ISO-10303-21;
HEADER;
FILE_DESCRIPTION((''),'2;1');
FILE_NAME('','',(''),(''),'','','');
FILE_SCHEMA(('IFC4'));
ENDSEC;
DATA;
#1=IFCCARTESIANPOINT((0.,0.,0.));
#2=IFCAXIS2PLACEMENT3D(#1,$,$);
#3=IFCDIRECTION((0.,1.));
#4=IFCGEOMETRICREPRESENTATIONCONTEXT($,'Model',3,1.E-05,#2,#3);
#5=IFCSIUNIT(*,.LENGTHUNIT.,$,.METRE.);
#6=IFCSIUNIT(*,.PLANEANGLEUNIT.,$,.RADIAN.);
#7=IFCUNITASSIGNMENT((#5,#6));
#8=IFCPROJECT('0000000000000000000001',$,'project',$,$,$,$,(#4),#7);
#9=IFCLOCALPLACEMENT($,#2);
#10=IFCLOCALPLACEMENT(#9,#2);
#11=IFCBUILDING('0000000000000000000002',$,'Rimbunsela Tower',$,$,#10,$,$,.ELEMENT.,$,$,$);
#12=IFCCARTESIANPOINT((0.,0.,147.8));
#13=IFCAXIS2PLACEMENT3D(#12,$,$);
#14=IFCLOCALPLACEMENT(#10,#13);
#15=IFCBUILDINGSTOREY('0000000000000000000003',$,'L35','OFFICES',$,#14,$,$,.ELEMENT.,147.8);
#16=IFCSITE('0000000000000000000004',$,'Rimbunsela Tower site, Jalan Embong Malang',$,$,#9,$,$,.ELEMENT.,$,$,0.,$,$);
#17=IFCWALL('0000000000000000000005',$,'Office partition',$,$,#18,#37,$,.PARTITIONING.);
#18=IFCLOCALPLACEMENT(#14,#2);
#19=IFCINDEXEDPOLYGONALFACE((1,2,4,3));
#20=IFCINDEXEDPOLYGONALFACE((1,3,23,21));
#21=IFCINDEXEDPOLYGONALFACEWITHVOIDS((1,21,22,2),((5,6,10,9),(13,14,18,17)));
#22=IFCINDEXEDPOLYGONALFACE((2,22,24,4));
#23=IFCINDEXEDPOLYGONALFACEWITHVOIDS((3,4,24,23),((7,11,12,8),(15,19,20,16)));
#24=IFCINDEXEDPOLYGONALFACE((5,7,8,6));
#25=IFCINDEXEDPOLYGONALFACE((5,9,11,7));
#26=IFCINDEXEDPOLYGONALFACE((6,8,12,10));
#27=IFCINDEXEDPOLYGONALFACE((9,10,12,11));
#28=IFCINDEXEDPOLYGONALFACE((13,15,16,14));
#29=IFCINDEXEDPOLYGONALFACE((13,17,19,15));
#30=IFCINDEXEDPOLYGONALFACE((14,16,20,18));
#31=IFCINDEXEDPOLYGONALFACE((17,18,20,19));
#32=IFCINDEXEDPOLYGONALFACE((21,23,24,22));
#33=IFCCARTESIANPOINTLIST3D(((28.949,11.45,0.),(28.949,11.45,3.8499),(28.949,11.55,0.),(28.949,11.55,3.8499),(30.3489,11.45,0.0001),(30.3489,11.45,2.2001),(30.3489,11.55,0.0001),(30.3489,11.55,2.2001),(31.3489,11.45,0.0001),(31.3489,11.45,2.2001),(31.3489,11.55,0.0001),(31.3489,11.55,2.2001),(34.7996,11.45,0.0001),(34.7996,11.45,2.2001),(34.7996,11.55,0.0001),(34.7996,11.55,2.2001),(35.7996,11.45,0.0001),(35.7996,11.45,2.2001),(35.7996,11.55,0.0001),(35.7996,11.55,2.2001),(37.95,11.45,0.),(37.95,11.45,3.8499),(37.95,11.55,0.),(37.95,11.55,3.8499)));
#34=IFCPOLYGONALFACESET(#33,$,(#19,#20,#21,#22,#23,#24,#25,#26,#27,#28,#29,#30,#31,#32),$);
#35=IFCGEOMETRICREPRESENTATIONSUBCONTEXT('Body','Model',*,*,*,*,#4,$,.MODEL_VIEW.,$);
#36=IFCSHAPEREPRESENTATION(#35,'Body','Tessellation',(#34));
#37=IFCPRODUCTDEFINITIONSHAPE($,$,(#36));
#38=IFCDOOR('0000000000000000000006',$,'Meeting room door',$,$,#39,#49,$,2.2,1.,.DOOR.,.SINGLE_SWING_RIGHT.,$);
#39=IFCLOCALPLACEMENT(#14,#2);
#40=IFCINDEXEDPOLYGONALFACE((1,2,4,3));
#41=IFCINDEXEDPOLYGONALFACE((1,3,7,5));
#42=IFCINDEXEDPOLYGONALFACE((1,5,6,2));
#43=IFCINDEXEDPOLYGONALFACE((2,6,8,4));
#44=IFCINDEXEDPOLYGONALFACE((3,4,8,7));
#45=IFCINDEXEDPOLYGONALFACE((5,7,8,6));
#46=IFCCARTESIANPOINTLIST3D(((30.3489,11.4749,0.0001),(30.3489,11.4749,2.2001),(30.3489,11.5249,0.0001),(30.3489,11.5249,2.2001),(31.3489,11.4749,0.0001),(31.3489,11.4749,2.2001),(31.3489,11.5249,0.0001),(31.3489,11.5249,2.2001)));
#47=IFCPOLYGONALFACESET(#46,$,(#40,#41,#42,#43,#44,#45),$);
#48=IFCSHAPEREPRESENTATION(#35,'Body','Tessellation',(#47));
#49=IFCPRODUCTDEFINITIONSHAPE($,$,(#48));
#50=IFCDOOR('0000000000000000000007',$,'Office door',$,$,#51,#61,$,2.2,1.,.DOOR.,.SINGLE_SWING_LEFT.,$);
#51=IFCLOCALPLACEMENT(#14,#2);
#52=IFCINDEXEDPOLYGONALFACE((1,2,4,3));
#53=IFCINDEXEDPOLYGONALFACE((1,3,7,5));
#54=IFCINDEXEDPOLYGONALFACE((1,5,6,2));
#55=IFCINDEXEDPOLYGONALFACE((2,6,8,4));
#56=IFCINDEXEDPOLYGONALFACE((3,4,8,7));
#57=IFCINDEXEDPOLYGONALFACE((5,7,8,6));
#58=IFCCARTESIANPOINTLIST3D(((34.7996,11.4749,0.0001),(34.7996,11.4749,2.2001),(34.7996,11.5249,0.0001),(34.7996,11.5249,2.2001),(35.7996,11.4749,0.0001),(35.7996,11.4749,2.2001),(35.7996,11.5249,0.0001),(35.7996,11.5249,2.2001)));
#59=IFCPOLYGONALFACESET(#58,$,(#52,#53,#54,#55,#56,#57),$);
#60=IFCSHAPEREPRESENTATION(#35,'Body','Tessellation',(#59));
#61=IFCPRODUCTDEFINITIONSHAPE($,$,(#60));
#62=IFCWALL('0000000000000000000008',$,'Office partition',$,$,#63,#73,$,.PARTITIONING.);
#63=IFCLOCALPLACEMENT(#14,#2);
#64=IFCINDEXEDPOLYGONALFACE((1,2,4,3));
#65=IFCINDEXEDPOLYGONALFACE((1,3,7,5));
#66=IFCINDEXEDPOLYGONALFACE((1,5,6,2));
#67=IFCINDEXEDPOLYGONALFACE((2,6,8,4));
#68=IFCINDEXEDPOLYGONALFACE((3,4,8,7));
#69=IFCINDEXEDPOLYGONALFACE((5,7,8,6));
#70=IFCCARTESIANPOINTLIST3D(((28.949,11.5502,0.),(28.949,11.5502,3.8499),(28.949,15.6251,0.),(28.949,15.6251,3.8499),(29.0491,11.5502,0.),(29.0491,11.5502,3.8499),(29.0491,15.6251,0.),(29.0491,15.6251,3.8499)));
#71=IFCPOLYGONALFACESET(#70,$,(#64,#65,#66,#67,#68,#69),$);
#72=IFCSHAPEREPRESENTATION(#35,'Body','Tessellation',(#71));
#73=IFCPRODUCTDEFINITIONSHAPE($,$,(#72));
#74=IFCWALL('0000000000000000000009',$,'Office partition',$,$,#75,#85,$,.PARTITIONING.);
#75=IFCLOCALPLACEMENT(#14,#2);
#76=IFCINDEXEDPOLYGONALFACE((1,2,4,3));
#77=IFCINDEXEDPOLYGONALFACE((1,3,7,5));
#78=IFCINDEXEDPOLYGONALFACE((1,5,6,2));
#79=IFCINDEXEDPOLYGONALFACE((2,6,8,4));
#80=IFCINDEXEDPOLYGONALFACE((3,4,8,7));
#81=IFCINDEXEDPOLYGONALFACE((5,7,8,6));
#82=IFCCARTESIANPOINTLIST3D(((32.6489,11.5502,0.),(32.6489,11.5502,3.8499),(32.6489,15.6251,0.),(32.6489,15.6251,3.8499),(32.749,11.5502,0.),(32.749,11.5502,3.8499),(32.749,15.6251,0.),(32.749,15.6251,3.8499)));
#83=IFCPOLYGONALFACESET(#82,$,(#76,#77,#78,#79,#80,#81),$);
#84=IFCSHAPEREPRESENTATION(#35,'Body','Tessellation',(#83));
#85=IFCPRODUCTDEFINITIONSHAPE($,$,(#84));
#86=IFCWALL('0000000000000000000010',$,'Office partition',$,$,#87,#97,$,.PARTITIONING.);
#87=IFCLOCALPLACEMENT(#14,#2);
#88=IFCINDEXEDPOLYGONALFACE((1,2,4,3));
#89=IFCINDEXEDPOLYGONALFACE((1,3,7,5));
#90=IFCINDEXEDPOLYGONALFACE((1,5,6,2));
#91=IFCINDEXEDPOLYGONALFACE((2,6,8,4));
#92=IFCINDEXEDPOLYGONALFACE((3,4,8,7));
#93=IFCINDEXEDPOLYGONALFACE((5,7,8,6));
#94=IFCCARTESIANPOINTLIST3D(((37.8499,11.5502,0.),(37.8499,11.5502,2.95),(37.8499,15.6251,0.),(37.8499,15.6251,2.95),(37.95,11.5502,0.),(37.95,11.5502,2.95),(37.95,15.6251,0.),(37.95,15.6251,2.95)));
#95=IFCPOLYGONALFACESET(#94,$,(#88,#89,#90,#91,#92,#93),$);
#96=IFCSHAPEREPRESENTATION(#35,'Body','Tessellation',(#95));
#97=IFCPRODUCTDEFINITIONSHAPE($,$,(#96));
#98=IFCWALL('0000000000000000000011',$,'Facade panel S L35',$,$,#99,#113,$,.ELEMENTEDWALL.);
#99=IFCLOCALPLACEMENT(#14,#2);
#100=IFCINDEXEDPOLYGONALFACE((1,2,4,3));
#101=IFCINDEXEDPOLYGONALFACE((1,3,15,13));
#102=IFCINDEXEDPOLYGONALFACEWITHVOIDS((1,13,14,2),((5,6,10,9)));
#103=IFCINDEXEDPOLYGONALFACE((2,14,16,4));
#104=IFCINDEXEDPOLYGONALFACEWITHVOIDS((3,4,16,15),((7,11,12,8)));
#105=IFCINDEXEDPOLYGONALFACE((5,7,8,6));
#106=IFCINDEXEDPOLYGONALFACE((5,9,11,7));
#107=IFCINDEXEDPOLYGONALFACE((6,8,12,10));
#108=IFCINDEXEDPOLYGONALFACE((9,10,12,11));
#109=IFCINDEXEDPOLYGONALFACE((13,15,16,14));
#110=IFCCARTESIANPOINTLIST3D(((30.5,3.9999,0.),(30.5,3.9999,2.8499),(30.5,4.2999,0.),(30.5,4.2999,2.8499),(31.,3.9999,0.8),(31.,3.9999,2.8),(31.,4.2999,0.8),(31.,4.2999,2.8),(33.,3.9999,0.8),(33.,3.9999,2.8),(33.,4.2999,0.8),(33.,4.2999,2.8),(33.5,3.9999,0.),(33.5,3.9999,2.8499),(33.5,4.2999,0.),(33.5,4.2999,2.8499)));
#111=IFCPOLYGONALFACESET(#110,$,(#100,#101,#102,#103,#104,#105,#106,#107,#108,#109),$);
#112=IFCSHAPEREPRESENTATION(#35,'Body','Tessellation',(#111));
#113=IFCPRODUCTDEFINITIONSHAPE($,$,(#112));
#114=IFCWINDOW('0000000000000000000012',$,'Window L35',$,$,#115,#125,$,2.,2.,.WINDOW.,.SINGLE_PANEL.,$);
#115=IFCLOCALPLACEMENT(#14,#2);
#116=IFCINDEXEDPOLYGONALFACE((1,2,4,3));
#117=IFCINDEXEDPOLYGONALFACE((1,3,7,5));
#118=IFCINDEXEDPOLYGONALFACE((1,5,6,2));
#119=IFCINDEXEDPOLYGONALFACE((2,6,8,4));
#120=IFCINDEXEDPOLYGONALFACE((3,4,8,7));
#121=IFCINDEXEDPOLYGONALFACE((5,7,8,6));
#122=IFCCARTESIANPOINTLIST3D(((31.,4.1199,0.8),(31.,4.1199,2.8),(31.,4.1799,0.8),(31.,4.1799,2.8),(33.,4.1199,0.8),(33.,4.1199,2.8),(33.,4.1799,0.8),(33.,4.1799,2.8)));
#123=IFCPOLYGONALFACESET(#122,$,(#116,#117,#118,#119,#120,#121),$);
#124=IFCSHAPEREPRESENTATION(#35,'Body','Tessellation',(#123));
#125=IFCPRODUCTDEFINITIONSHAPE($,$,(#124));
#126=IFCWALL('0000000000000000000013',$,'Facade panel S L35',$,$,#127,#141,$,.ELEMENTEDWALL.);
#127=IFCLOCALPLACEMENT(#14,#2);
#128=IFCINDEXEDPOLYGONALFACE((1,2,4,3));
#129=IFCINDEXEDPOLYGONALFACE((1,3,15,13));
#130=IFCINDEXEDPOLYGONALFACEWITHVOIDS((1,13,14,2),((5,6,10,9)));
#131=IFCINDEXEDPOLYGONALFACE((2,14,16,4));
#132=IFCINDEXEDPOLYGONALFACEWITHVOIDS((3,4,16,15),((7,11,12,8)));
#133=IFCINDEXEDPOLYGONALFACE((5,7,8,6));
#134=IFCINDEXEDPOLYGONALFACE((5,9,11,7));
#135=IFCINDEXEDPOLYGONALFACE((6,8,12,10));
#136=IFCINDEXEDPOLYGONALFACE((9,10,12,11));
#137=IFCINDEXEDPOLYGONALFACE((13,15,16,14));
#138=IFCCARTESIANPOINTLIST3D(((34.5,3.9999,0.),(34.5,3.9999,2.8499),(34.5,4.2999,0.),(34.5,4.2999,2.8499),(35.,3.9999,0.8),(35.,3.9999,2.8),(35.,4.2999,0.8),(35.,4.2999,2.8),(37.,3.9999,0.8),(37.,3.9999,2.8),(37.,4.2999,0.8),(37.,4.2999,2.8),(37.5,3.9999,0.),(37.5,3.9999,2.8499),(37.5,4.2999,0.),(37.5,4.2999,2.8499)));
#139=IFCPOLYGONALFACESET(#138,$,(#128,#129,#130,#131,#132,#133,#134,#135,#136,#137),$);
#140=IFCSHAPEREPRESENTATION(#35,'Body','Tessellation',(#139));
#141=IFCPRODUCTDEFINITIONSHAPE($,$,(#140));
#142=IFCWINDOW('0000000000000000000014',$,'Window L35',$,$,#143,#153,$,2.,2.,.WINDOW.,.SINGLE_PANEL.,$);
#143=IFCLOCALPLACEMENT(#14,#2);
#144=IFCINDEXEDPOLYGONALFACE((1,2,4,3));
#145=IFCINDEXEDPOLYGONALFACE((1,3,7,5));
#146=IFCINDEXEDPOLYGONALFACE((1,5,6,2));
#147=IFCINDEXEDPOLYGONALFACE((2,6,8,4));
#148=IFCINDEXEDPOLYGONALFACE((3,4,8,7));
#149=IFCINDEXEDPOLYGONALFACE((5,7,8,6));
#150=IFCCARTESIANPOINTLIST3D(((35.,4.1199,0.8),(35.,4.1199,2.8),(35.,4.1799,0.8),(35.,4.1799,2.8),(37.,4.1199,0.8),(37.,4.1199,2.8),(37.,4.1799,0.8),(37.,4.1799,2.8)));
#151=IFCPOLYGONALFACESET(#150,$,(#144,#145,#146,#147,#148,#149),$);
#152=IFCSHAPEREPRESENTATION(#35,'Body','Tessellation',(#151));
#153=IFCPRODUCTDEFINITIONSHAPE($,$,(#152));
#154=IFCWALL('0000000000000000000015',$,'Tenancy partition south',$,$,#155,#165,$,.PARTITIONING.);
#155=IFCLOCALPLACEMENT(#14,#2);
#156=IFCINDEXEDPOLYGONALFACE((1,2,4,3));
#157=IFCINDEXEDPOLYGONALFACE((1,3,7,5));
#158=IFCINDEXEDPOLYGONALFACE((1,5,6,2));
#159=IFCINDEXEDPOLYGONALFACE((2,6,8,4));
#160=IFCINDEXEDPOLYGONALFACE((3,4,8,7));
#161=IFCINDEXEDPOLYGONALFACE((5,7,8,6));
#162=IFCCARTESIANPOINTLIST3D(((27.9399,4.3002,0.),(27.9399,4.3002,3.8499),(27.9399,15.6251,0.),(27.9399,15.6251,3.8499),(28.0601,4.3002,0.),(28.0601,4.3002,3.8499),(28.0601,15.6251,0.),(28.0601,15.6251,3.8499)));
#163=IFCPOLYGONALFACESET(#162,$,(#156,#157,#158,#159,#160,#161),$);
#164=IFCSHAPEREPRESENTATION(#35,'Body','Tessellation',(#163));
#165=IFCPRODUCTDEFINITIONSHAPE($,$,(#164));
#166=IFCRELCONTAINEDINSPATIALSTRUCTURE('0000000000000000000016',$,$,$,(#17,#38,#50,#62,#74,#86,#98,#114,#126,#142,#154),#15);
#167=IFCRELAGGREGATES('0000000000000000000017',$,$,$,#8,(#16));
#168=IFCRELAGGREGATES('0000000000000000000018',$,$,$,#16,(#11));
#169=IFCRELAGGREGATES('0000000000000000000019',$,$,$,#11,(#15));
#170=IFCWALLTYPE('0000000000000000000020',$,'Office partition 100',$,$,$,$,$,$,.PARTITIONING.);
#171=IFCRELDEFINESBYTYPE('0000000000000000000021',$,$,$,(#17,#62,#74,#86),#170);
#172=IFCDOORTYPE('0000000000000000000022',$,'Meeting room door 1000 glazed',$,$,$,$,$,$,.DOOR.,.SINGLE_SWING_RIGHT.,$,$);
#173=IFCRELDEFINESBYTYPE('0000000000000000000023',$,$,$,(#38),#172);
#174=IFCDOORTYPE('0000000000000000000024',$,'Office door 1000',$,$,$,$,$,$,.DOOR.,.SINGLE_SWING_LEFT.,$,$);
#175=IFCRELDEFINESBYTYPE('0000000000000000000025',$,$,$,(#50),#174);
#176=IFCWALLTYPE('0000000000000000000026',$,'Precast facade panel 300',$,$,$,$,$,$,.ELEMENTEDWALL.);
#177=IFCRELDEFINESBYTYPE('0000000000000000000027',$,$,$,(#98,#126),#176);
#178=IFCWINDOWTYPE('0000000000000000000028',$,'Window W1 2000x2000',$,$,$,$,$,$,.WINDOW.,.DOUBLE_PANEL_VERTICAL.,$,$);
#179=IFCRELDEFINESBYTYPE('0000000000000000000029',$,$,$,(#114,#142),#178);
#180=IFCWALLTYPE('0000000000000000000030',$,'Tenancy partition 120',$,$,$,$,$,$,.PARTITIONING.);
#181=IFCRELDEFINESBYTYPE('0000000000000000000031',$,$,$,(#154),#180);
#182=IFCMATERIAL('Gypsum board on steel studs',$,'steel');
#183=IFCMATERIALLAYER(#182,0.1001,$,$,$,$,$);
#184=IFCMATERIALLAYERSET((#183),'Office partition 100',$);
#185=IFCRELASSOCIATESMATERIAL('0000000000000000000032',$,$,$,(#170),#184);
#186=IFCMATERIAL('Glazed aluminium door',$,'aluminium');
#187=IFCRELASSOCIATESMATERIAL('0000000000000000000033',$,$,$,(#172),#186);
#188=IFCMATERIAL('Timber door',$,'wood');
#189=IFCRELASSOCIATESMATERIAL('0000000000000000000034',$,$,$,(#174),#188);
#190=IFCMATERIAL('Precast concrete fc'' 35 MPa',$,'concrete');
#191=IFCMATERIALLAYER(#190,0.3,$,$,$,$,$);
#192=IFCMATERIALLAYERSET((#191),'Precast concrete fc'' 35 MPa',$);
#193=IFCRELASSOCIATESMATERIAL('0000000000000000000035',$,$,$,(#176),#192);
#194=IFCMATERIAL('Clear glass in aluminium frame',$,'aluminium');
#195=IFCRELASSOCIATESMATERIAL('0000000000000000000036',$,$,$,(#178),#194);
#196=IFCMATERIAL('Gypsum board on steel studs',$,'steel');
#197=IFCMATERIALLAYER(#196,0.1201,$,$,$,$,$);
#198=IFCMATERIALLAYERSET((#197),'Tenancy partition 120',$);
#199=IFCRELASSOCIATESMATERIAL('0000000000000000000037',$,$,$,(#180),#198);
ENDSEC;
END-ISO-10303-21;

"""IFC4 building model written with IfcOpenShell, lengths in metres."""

from ifc_helpers import new_model, si_unit, direction, frame, frame_2d, origin, place, context, subcontext, project, spatial, rectangle, extrude, material, layer, layer_set, type_object, element, fill, save


model = new_model("IFC4")

# Units and contexts
model_context = context("Model", 3, precision=1e-05, world=origin(), true_north=direction((0.0, 1.0)))
body_context = subcontext(model_context, "Body", "Model", "MODEL_VIEW")
ifc_project = project(units=[si_unit("LENGTHUNIT", "METRE"), si_unit("PLANEANGLEUNIT", "RADIAN")], contexts=[model_context])

# Site, building, storey
site_placement = place(None, origin())
site = spatial("IfcSite", under=ifc_project, at=site_placement, Name="Rimbunsela Tower site, Jalan Embong Malang", CompositionType="ELEMENT", RefElevation=0.0)
building_placement = place(site_placement, origin())
building = spatial("IfcBuilding", under=site, at=building_placement, Name="Rimbunsela Tower", CompositionType="ELEMENT")
storey_placement = place(building_placement, frame((0.0, 0.0, 147.8)))
storey = spatial("IfcBuildingStorey", under=building, at=storey_placement, Name="L35", Description="OFFICES", CompositionType="ELEMENT", Elevation=147.8)

# Wall, openings, doors
ifc_material_1 = material(Name="Gypsum board on steel studs", Category="steel")
ifc_layer_1 = layer(ifc_material_1, 0.1001)
ifc_layer_set_1 = layer_set([ifc_layer_1], Name="Office partition 100")
wall_type_1 = type_object("IfcWallType", Name="Office partition 100", PredefinedType="PARTITIONING", material=ifc_layer_set_1)
wall_1_placement = place(storey_placement, frame((28.949, 11.5, 0.0), z_axis=(0.0, 0.0, 1.0), x_axis=(1.0, 0.0, 0.0)))
wall_1 = element("IfcWall", 1, at=wall_1_placement, inside=storey, type_object=wall_type_1, Name="Office partition", PredefinedType="PARTITIONING", context=body_context, shape_type="SweptSolid", body=[
    extrude(rectangle(XDim=9.001, YDim=0.1001, at=frame_2d((4.5005, 0.0))), origin(), (0.0, 0.0, 1.0), 3.8499),
])
opening_1_placement = place(wall_1_placement, frame((1.3999, 0.0, 0.0)))
opening_1 = element("IfcOpeningElement", 2, at=opening_1_placement, cuts=wall_1, PredefinedType="OPENING", context=body_context, shape_type="SweptSolid", body=[
    extrude(rectangle(XDim=1.0, YDim=2.2, at=frame_2d((0.5, 1.1001))), frame((0.0, 0.0601, 0.0), z_axis=(0.0, -1.0, 0.0), x_axis=(1.0, 0.0, 0.0)), (0.0, 0.0, 1.0), 0.1201),
])
opening_2_placement = place(wall_1_placement, frame((5.8506, 0.0, 0.0)))
opening_2 = element("IfcOpeningElement", 3, at=opening_2_placement, cuts=wall_1, PredefinedType="OPENING", context=body_context, shape_type="SweptSolid", body=[
    extrude(rectangle(XDim=1.0, YDim=2.2, at=frame_2d((0.5, 1.1001))), frame((0.0, 0.0601, 0.0), z_axis=(0.0, -1.0, 0.0), x_axis=(1.0, 0.0, 0.0)), (0.0, 0.0, 1.0), 0.1201),
])
ifc_material_2 = material(Name="Glazed aluminium door", Category="aluminium")
door_type_1 = type_object("IfcDoorType", Name="Meeting room door 1000 glazed", OperationType="SINGLE_SWING_RIGHT", PredefinedType="DOOR", material=ifc_material_2)
door_1_placement = place(opening_1_placement, origin())
door_1 = element("IfcDoor", 4, at=door_1_placement, inside=storey, type_object=door_type_1, Name="Meeting room door", OperationType="SINGLE_SWING_RIGHT", OverallHeight=2.2, OverallWidth=1.0, PredefinedType="DOOR", context=body_context, shape_type="SweptSolid", body=[
    extrude(rectangle(XDim=1.0, YDim=2.2, at=frame_2d((0.5, 1.1001))), frame((0.0, 0.0249, 0.0), z_axis=(0.0, -1.0, 0.0), x_axis=(1.0, 0.0, 0.0)), (0.0, 0.0, 1.0), 0.05),
])
fill(opening_1, door_1)
ifc_material_3 = material(Name="Timber door", Category="wood")
door_type_2 = type_object("IfcDoorType", Name="Office door 1000", OperationType="SINGLE_SWING_LEFT", PredefinedType="DOOR", material=ifc_material_3)
door_2_placement = place(opening_2_placement, origin())
door_2 = element("IfcDoor", 5, at=door_2_placement, inside=storey, type_object=door_type_2, Name="Office door", OperationType="SINGLE_SWING_LEFT", OverallHeight=2.2, OverallWidth=1.0, PredefinedType="DOOR", context=body_context, shape_type="SweptSolid", body=[
    extrude(rectangle(XDim=1.0, YDim=2.2, at=frame_2d((0.5, 1.1001))), frame((0.0, 0.0249, 0.0), z_axis=(0.0, -1.0, 0.0), x_axis=(1.0, 0.0, 0.0)), (0.0, 0.0, 1.0), 0.05),
])
fill(opening_2, door_2)

# Walls
for number, where, z_axis, x_axis, name in (
    (6, (28.999, 11.55, 0.0), (0.0, 0.0, 1.0), (0.0, 1.0, 0.0), "Office partition"),
    (7, (32.699, 11.55, 0.0), (0.0, 0.0, 1.0), (0.0, 1.0, 0.0), "Office partition"),
):
    element("IfcWall", number, at=place(storey_placement, frame(where, z_axis=z_axis, x_axis=x_axis)), inside=storey, type_object=wall_type_1, Name=name, PredefinedType="PARTITIONING", context=body_context, shape_type="SweptSolid", body=[
        extrude(rectangle(XDim=4.075, YDim=0.1001, at=frame_2d((2.0376, 0.0))), origin(), (0.0, 0.0, 1.0), 3.8499),
    ])
wall_2_placement = place(storey_placement, frame((37.8999, 11.55, 0.0), z_axis=(0.0, 0.0, 1.0), x_axis=(0.0, 1.0, 0.0)))
element("IfcWall", 8, at=wall_2_placement, inside=storey, type_object=wall_type_1, Name="Office partition", PredefinedType="PARTITIONING", context=body_context, shape_type="SweptSolid", body=[
    extrude(rectangle(XDim=4.075, YDim=0.1001, at=frame_2d((2.0376, 0.0))), origin(), (0.0, 0.0, 1.0), 2.95),
])

# Walls, openings, windows
ifc_material_4 = material(Name="Precast concrete fc' 35 MPa", Category="concrete")
ifc_layer_2 = layer(ifc_material_4, 0.3)
ifc_layer_set_2 = layer_set([ifc_layer_2], Name="Precast concrete fc' 35 MPa")
wall_type_2 = type_object("IfcWallType", Name="Precast facade panel 300", PredefinedType="ELEMENTEDWALL", material=ifc_layer_set_2)
wall_3_placement = place(storey_placement, frame((30.5, 4.1499, 0.0), z_axis=(0.0, 0.0, 1.0), x_axis=(1.0, 0.0, 0.0)))
wall_3 = element("IfcWall", 9, at=wall_3_placement, inside=storey, type_object=wall_type_2, Name="Facade panel S L35", PredefinedType="ELEMENTEDWALL", context=body_context, shape_type="SweptSolid", body=[
    extrude(rectangle(XDim=3.0, YDim=0.3, at=frame_2d((1.5, 0.0))), origin(), (0.0, 0.0, 1.0), 2.8499),
])
opening_3_placement = place(wall_3_placement, frame((0.5, 0.0, 0.8)))
opening_3 = element("IfcOpeningElement", 10, at=opening_3_placement, cuts=wall_3, PredefinedType="OPENING", context=body_context, shape_type="SweptSolid", body=[
    extrude(rectangle(XDim=2.0, YDim=2.0, at=frame_2d((1.0, 1.0))), frame((0.0, 0.1599, 0.0), z_axis=(0.0, -1.0, 0.0), x_axis=(1.0, 0.0, 0.0)), (0.0, 0.0, 1.0), 0.3201),
])
ifc_material_5 = material(Name="Clear glass in aluminium frame", Category="aluminium")
window_type = type_object("IfcWindowType", Name="Window W1 2000x2000", PartitioningType="DOUBLE_PANEL_VERTICAL", PredefinedType="WINDOW", material=ifc_material_5)
window_1_placement = place(opening_3_placement, origin())
window_1 = element("IfcWindow", 11, at=window_1_placement, inside=storey, type_object=window_type, Name="Window L35", OverallHeight=2.0, OverallWidth=2.0, PartitioningType="SINGLE_PANEL", PredefinedType="WINDOW", context=body_context, shape_type="SweptSolid", body=[
    extrude(rectangle(XDim=2.0, YDim=2.0, at=frame_2d((1.0, 1.0))), frame((0.0, 0.03, 0.0), z_axis=(0.0, -1.0, 0.0), x_axis=(1.0, 0.0, 0.0)), (0.0, 0.0, 1.0), 0.0601),
])
fill(opening_3, window_1)
wall_4_placement = place(storey_placement, frame((34.5, 4.1499, 0.0), z_axis=(0.0, 0.0, 1.0), x_axis=(1.0, 0.0, 0.0)))
wall_4 = element("IfcWall", 12, at=wall_4_placement, inside=storey, type_object=wall_type_2, Name="Facade panel S L35", PredefinedType="ELEMENTEDWALL", context=body_context, shape_type="SweptSolid", body=[
    extrude(rectangle(XDim=3.0, YDim=0.3, at=frame_2d((1.5, 0.0))), origin(), (0.0, 0.0, 1.0), 2.8499),
])
opening_4_placement = place(wall_4_placement, frame((0.5, 0.0, 0.8)))
opening_4 = element("IfcOpeningElement", 13, at=opening_4_placement, cuts=wall_4, PredefinedType="OPENING", context=body_context, shape_type="SweptSolid", body=[
    extrude(rectangle(XDim=2.0, YDim=2.0, at=frame_2d((1.0, 1.0))), frame((0.0, 0.1599, 0.0), z_axis=(0.0, -1.0, 0.0), x_axis=(1.0, 0.0, 0.0)), (0.0, 0.0, 1.0), 0.3201),
])
window_2_placement = place(opening_4_placement, origin())
window_2 = element("IfcWindow", 14, at=window_2_placement, inside=storey, type_object=window_type, Name="Window L35", OverallHeight=2.0, OverallWidth=2.0, PartitioningType="SINGLE_PANEL", PredefinedType="WINDOW", context=body_context, shape_type="SweptSolid", body=[
    extrude(rectangle(XDim=2.0, YDim=2.0, at=frame_2d((1.0, 1.0))), frame((0.0, 0.03, 0.0), z_axis=(0.0, -1.0, 0.0), x_axis=(1.0, 0.0, 0.0)), (0.0, 0.0, 1.0), 0.0601),
])
fill(opening_4, window_2)

# Wall
ifc_material_6 = material(Name="Gypsum board on steel studs", Category="steel")
ifc_layer_3 = layer(ifc_material_6, 0.1201)
ifc_layer_set_3 = layer_set([ifc_layer_3], Name="Tenancy partition 120")
wall_type_3 = type_object("IfcWallType", Name="Tenancy partition 120", PredefinedType="PARTITIONING", material=ifc_layer_set_3)
wall_5_placement = place(storey_placement, frame((28.0, 4.3, 0.0), z_axis=(0.0, 0.0, 1.0), x_axis=(0.0, 1.0, 0.0)))
element("IfcWall", 15, at=wall_5_placement, inside=storey, type_object=wall_type_3, Name="Tenancy partition south", PredefinedType="PARTITIONING", context=body_context, shape_type="SweptSolid", body=[
    extrude(rectangle(XDim=11.325, YDim=0.1201, at=frame_2d((5.6626, 0.0))), origin(), (0.0, 0.0, 1.0), 3.8499),
])

save(model, "model.ifc")
